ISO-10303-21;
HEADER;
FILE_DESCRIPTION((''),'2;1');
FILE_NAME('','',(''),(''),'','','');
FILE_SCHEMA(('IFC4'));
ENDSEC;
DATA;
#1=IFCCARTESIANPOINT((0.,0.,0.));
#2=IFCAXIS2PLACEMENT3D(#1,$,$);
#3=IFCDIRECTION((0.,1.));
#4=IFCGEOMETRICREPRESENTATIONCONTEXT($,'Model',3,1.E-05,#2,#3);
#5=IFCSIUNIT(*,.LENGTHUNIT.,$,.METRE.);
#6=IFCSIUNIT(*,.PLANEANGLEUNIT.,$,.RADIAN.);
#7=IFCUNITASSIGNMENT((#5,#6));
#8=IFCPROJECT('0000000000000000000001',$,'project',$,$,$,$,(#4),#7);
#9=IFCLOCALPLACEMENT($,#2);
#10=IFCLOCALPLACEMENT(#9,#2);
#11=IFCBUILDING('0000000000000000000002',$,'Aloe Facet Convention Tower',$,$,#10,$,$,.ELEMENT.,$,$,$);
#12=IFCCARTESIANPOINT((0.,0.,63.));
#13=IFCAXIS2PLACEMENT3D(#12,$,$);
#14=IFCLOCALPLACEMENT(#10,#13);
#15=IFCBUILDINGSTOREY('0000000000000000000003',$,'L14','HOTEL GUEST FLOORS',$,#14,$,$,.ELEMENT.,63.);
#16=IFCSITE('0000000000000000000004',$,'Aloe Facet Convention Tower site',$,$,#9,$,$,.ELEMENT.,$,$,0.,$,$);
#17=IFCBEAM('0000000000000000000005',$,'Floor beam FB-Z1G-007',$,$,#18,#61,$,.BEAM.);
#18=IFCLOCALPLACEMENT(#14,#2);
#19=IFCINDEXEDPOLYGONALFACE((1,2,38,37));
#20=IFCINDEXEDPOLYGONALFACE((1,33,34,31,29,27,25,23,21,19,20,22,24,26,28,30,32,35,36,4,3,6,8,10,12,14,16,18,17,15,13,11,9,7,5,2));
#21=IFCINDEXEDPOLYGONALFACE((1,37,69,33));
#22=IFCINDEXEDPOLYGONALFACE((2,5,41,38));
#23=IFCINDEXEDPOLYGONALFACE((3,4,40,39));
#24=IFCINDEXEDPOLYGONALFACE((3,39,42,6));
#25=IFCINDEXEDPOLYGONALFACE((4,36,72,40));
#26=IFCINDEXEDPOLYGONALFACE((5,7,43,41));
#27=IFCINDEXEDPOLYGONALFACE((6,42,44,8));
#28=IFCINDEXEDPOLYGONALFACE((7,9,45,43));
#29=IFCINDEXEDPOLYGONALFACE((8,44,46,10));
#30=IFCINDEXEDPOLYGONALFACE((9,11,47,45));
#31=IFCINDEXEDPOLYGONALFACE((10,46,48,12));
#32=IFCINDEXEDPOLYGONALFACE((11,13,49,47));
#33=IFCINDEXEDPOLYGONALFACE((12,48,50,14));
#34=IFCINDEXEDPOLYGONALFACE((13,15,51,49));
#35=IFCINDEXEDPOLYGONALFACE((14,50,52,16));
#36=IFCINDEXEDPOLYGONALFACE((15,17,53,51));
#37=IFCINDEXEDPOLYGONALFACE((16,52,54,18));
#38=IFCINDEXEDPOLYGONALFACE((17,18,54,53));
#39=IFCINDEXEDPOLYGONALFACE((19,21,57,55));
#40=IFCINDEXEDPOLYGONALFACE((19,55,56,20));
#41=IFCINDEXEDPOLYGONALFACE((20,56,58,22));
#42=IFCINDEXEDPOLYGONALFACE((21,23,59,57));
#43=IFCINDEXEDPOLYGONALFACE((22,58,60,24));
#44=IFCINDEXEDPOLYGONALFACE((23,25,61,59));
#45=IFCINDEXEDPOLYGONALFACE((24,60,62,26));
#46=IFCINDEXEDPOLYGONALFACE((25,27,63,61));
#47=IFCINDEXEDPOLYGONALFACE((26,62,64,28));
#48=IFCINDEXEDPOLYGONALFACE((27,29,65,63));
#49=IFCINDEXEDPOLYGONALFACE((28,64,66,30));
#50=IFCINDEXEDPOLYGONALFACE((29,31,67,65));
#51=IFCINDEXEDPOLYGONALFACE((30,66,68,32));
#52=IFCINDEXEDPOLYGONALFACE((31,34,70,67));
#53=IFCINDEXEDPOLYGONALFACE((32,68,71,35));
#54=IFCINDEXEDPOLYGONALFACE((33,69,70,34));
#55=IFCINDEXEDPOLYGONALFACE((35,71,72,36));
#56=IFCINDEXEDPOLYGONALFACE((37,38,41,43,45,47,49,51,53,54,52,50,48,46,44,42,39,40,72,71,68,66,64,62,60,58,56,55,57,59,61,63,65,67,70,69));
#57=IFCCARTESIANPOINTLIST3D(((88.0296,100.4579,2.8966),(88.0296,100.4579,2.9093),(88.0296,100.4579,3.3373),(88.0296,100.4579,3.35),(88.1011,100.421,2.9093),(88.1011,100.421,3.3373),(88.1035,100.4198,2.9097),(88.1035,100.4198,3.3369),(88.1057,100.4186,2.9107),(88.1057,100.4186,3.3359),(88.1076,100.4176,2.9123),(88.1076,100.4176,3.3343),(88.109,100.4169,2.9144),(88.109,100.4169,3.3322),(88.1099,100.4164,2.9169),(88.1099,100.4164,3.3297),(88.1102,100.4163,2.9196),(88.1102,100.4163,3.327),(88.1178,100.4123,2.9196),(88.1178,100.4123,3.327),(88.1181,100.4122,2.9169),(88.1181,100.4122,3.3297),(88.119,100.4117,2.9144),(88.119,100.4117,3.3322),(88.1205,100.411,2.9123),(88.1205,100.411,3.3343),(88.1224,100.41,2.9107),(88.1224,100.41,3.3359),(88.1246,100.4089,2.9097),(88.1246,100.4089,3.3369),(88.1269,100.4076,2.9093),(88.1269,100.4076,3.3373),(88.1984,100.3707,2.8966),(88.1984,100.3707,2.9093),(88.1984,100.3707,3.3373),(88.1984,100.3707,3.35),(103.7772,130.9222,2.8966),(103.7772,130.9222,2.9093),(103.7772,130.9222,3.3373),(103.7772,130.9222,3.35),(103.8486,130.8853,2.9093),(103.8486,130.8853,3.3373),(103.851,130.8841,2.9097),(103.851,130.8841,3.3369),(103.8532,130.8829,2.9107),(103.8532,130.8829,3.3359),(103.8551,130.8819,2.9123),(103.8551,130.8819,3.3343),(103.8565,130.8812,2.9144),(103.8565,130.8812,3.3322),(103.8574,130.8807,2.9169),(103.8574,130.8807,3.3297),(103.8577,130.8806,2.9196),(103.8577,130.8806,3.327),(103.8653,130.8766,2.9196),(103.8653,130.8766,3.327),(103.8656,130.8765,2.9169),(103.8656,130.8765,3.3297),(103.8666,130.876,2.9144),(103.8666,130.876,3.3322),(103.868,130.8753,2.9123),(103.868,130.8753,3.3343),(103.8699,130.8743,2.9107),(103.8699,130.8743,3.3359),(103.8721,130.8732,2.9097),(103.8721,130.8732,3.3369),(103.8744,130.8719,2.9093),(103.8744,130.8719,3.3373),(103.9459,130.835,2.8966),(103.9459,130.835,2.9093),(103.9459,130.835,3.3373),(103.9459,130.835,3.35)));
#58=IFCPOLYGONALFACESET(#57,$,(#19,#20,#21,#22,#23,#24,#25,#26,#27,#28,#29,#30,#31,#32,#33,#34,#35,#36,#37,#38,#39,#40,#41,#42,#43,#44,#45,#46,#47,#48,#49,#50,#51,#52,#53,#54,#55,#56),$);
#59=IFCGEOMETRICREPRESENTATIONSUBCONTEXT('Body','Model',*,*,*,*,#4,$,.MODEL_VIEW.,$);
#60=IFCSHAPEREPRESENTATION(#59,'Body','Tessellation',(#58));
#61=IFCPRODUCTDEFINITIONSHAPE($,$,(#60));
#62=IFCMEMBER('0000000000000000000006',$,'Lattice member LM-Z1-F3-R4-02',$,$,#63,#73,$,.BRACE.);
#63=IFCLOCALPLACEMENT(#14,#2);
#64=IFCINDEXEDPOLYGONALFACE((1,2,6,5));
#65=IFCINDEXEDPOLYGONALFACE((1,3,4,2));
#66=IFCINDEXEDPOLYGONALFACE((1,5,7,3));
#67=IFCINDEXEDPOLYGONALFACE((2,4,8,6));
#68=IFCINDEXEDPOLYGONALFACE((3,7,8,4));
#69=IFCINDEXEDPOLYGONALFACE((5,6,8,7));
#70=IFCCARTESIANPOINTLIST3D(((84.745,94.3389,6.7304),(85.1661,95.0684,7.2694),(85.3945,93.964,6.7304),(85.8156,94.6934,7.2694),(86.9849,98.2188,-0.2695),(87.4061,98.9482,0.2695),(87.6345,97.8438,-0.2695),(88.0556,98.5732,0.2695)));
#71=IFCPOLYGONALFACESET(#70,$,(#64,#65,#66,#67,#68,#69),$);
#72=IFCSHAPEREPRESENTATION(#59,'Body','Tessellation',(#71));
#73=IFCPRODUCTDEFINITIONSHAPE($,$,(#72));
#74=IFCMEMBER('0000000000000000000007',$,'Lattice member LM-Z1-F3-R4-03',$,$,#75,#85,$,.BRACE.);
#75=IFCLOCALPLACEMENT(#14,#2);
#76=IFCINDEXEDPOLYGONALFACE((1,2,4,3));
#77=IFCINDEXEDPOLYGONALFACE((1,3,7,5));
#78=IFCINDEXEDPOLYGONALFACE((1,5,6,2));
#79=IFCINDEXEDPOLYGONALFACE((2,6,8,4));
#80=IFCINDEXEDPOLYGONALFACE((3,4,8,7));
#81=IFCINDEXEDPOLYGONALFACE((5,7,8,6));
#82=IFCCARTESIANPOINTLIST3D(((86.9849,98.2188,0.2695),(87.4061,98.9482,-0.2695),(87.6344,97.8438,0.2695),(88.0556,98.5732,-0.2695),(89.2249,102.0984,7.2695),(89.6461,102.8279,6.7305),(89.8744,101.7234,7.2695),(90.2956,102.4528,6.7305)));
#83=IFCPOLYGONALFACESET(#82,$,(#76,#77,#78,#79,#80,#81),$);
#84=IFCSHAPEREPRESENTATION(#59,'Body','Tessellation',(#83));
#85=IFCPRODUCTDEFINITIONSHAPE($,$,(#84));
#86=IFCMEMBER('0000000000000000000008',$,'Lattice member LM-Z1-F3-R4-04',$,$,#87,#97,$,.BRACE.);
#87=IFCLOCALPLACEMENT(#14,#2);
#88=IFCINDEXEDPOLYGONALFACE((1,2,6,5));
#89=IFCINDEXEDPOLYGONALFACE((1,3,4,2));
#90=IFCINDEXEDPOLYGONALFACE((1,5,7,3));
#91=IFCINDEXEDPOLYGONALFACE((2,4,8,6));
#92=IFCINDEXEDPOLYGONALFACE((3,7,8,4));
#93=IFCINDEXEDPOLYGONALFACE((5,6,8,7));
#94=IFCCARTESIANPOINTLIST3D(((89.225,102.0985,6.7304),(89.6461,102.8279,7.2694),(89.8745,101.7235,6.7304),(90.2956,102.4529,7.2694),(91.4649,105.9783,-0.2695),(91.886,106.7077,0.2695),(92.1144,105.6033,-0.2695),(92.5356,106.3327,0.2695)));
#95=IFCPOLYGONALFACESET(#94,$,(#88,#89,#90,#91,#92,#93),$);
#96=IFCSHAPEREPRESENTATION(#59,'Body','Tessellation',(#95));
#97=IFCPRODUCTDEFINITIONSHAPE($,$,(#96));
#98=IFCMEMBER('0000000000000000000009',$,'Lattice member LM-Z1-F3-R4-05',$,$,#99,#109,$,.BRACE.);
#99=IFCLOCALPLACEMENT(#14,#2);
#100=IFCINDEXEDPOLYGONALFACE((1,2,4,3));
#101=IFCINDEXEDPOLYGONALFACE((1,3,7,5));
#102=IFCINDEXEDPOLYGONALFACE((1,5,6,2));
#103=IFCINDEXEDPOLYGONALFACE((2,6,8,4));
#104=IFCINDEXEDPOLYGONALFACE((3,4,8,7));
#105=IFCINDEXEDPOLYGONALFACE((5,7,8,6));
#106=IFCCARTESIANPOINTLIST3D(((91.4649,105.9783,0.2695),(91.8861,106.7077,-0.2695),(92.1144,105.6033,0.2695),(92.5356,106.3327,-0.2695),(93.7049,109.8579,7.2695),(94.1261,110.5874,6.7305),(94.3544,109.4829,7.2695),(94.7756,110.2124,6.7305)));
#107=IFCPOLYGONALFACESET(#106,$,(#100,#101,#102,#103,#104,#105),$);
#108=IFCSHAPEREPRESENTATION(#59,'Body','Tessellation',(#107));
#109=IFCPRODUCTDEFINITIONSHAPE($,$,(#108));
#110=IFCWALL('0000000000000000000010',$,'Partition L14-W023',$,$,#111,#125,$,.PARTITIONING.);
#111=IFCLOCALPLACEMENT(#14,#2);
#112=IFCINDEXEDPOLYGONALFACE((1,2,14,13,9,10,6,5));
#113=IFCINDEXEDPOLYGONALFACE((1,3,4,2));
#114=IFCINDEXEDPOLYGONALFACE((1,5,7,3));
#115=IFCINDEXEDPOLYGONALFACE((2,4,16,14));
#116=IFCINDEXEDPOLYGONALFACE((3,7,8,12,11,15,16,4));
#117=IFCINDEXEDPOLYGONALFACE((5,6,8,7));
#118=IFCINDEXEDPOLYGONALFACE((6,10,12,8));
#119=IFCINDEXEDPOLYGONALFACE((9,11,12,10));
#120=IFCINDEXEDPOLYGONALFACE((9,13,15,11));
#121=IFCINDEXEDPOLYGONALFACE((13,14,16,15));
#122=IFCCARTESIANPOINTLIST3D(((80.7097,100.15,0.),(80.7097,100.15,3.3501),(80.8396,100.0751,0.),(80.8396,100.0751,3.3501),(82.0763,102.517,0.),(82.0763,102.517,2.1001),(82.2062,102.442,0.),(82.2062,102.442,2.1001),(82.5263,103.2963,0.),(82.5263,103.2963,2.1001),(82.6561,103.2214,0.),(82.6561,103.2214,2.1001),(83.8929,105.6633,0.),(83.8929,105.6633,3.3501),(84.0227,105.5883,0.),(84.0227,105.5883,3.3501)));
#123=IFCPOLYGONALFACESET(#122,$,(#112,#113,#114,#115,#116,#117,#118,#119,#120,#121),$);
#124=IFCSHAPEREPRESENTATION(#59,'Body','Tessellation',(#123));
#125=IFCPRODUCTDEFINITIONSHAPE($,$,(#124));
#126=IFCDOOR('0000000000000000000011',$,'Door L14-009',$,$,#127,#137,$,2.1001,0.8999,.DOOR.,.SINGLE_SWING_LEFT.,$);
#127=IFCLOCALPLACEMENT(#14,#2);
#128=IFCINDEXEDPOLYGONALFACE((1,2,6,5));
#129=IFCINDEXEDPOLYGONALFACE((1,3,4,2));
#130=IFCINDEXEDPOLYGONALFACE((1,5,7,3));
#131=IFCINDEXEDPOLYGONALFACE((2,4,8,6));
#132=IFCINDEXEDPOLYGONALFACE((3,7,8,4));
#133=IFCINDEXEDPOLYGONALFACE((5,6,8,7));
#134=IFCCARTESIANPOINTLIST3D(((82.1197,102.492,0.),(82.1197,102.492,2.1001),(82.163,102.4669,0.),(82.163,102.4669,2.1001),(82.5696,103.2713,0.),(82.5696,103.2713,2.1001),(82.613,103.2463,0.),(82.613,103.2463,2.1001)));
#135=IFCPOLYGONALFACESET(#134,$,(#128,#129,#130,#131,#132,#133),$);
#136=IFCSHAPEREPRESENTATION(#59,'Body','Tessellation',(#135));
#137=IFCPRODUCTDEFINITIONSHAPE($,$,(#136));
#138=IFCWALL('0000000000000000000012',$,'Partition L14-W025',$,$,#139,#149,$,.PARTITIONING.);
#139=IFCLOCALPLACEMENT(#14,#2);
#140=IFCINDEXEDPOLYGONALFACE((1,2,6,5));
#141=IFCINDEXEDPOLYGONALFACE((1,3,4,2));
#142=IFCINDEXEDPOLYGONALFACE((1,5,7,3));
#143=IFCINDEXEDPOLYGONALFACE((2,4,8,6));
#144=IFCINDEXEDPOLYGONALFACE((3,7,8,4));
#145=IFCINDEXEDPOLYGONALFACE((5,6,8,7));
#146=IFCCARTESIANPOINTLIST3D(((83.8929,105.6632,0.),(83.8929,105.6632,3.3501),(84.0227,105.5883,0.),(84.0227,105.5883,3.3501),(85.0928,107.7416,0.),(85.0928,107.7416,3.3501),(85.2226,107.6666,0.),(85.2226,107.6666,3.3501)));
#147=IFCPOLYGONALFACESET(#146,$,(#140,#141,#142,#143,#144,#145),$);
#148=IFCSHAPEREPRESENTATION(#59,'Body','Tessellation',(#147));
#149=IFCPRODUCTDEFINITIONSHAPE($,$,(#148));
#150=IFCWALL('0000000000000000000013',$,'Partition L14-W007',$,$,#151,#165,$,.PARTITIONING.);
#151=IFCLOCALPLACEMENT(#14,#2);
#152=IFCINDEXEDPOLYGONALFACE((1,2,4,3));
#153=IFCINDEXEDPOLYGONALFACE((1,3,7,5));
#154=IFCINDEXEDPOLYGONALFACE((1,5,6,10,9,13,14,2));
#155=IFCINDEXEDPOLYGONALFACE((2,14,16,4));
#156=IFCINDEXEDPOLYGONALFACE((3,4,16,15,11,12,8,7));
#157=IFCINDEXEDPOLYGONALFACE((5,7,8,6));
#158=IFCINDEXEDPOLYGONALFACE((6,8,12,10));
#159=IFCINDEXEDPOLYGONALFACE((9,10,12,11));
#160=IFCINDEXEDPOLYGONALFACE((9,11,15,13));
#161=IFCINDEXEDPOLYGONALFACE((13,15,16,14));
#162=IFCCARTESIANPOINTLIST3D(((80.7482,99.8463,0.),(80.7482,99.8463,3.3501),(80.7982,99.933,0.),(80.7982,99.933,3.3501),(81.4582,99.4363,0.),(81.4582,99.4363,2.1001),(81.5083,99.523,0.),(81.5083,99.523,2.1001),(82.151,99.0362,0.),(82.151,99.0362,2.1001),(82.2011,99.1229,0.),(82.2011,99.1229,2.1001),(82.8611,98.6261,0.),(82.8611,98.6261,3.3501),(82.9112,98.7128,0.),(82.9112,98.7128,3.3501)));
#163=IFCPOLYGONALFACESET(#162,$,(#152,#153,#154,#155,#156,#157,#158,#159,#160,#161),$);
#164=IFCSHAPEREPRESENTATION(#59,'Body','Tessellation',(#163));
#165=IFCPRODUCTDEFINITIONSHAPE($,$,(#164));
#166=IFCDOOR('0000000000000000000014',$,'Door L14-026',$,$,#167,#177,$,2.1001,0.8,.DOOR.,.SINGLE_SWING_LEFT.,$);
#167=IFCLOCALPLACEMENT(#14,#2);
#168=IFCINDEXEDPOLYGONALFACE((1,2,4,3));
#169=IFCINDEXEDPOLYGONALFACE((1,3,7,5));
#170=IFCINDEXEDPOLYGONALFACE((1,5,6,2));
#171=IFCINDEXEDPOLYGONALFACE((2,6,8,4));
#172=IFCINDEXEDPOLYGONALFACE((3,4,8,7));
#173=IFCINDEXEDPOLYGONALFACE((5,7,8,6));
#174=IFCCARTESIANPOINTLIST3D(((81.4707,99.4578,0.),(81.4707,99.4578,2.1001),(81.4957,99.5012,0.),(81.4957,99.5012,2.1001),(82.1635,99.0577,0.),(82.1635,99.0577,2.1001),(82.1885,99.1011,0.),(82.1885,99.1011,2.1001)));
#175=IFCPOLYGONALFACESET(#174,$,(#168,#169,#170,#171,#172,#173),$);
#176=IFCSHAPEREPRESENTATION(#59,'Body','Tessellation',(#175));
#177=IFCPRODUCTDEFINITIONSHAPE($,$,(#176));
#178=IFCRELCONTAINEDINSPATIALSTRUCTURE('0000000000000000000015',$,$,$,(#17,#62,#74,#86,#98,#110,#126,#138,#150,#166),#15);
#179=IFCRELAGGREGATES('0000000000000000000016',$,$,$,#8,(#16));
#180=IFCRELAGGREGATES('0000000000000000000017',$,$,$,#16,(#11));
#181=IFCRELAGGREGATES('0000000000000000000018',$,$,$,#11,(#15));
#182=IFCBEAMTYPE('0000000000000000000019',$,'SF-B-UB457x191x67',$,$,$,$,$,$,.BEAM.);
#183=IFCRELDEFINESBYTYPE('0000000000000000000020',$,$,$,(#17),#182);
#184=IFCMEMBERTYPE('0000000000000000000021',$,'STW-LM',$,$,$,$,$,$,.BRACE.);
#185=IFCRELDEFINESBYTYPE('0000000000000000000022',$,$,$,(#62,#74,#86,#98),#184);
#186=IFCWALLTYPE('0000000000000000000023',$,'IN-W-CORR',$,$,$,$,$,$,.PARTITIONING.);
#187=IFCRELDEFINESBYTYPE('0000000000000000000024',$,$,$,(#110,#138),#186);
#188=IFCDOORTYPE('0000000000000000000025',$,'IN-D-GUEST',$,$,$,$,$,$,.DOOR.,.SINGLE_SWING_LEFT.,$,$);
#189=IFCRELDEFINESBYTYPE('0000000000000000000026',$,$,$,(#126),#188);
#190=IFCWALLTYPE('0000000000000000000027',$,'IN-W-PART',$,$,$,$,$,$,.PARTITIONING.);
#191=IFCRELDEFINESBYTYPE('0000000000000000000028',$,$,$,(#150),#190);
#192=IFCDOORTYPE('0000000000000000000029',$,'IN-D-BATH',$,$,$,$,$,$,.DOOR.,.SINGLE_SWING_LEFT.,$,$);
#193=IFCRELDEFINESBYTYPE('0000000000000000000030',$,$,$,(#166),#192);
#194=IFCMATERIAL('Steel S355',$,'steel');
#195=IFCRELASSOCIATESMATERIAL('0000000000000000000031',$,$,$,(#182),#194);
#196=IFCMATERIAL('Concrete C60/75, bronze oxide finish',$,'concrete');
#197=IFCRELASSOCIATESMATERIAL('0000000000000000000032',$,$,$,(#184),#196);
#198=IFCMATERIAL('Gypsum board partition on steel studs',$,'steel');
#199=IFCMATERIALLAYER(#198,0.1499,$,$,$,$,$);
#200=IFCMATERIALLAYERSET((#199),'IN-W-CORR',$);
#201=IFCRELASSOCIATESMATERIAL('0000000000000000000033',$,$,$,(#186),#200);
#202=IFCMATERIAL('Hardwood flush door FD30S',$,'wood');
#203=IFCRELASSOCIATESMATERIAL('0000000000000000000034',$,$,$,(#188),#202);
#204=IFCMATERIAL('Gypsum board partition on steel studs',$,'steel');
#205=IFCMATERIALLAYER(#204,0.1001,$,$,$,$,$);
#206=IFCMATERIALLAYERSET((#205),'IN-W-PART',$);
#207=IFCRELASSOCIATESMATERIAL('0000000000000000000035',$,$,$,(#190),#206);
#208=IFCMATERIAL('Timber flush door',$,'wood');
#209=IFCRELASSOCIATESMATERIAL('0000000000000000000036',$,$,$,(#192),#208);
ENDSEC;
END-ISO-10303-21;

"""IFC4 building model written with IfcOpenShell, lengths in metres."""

from ifc_helpers import new_model, si_unit, direction, frame, frame_2d, origin, origin_2d, place, context, subcontext, project, spatial, rectangle, i_section, extrude, material, layer, layer_set, material_profile, profile_set, type_object, element, fill, save


model = new_model("IFC4")

# Units and contexts
model_context = context("Model", 3, precision=1e-05, world=origin(), true_north=direction((0.0, 1.0)))
body_context = subcontext(model_context, "Body", "Model", "MODEL_VIEW")
ifc_project = project(units=[si_unit("LENGTHUNIT", "METRE"), si_unit("PLANEANGLEUNIT", "RADIAN")], contexts=[model_context])

# Site, building, storey
site_placement = place(None, origin())
site = spatial("IfcSite", under=ifc_project, at=site_placement, Name="Aloe Facet Convention Tower site", CompositionType="ELEMENT", RefElevation=0.0)
building_placement = place(site_placement, origin())
building = spatial("IfcBuilding", under=site, at=building_placement, Name="Aloe Facet Convention Tower", CompositionType="ELEMENT")
storey_placement = place(building_placement, frame((0.0, 0.0, 63.0)))
storey = spatial("IfcBuildingStorey", under=building, at=storey_placement, Name="L14", Description="HOTEL GUEST FLOORS", CompositionType="ELEMENT", Elevation=63.0)

# Beam
ifc_material_1 = material(Name="Steel S355", Category="steel")
ifc_material_profile_1 = material_profile(ifc_material_1, i_section(OverallWidth=0.1899, OverallDepth=0.4534, WebThickness=0.0085, FlangeThickness=0.0127, FilletRadius=0.0103, at=origin_2d()), Name="UB 457x191x67")
ifc_profile_set_1 = profile_set([ifc_material_profile_1], Name="Steel S355")
beam_type_1 = type_object("IfcBeamType", Name="SF-B-UB457x191x67", PredefinedType="BEAM", material=ifc_profile_set_1)
beam_1_placement = place(storey_placement, frame((88.114, 100.4143, 3.1233), z_axis=(0.459196, 0.888335, 0.0), x_axis=(-0.888335, 0.459196, 0.0)))
element("IfcBeam", 1, at=beam_1_placement, inside=storey, type_object=beam_type_1, Name="Floor beam FB-Z1G-007", PredefinedType="BEAM", context=body_context, shape_type="SweptSolid", body=[
    extrude(i_section(OverallWidth=0.1899, OverallDepth=0.4534, WebThickness=0.0085, FlangeThickness=0.0127, FilletRadius=0.0103, at=origin_2d()), origin(), (0.0, 0.0, 1.0), 34.2937),
])

# Members
ifc_material_2 = material(Name="Concrete C60/75, bronze oxide finish", Category="concrete")
ifc_material_profile_2 = material_profile(ifc_material_2, rectangle(XDim=0.75, YDim=1.0, at=origin_2d()), Name="STW-LM")
ifc_profile_set_2 = profile_set([ifc_material_profile_2], Name="Concrete C60/75, bronze oxide finish")
member_type = type_object("IfcMemberType", Name="STW-LM", PredefinedType="BRACE", material=ifc_profile_set_2)
for number, where, z_axis, x_axis, name in (
    (2, (87.5203, 98.396, 0.0), (-0.269524, -0.466843, 0.842267), (0.866031, -0.49999, 0.0), "Lattice member LM-Z1-F3-R4-02"),
    (3, (87.5203, 98.396, 0.0), (0.269528, 0.46682, 0.842279), (-0.866018, 0.500013, 0.0), "Lattice member LM-Z1-F3-R4-03"),
    (4, (92.0002, 106.1555, 0.0), (-0.269524, -0.466843, 0.842267), (0.866031, -0.49999, 0.0), "Lattice member LM-Z1-F3-R4-04"),
    (5, (92.0002, 106.1555, 0.0), (0.269528, 0.46682, 0.842279), (-0.866018, 0.500013, 0.0), "Lattice member LM-Z1-F3-R4-05"),
):
    element("IfcMember", number, at=place(storey_placement, frame(where, z_axis=z_axis, x_axis=x_axis)), inside=storey, type_object=member_type, Name=name, PredefinedType="BRACE", context=body_context, shape_type="SweptSolid", body=[
        extrude(rectangle(XDim=0.75, YDim=1.0, at=origin_2d()), origin(), (0.0, 0.0, 1.0), 8.3108),
    ])

# Wall, opening, door
ifc_material_3 = material(Name="Gypsum board partition on steel studs", Category="steel")
ifc_layer_1 = layer(ifc_material_3, 0.1499)
ifc_layer_set_1 = layer_set([ifc_layer_1], Name="IN-W-CORR")
wall_type_1 = type_object("IfcWallType", Name="IN-W-CORR", PredefinedType="PARTITIONING", material=ifc_layer_set_1)
wall_1_placement = place(storey_placement, frame((80.7747, 100.1125, 0.0), z_axis=(0.0, 0.0, 1.0), x_axis=(0.500008, 0.866021, 0.0)))
wall_1 = element("IfcWall", 6, at=wall_1_placement, inside=storey, type_object=wall_type_1, Name="Partition L14-W023", PredefinedType="PARTITIONING", context=body_context, shape_type="SweptSolid", body=[
    extrude(rectangle(XDim=6.3662, YDim=0.1499, at=frame_2d((3.1831, 0.0))), origin(), (0.0, 0.0, 1.0), 3.3501),
])
opening_1_placement = place(wall_1_placement, frame((2.7332, 0.0, 0.0)))
opening_1 = element("IfcOpeningElement", 7, at=opening_1_placement, cuts=wall_1, PredefinedType="OPENING", context=body_context, shape_type="SweptSolid", body=[
    extrude(rectangle(XDim=0.8999, YDim=2.1001, at=frame_2d((0.45, 1.05))), frame((0.0, 0.085, 0.0), z_axis=(0.0, -1.0, 0.0), x_axis=(1.0, 0.0, 0.0)), (0.0, 0.0, 1.0), 0.1699),
])
ifc_material_4 = material(Name="Hardwood flush door FD30S", Category="wood")
door_type_1 = type_object("IfcDoorType", Name="IN-D-GUEST", OperationType="SINGLE_SWING_LEFT", PredefinedType="DOOR", material=ifc_material_4)
door_1_placement = place(opening_1_placement, origin())
door_1 = element("IfcDoor", 8, at=door_1_placement, inside=storey, type_object=door_type_1, Name="Door L14-009", OperationType="SINGLE_SWING_LEFT", OverallHeight=2.1001, OverallWidth=0.8999, PredefinedType="DOOR", context=body_context, shape_type="SweptSolid", body=[
    extrude(rectangle(XDim=0.8999, YDim=2.1001, at=frame_2d((0.45, 1.05))), frame((0.0, 0.0249, 0.0), z_axis=(0.0, -1.0, 0.0), x_axis=(1.0, 0.0, 0.0)), (0.0, 0.0, 1.0), 0.05),
])
fill(opening_1, door_1)

# Wall
wall_2_placement = place(storey_placement, frame((83.9578, 105.6257, 0.0), z_axis=(0.0, 0.0, 1.0), x_axis=(0.500001, 0.866025, 0.0)))
element("IfcWall", 9, at=wall_2_placement, inside=storey, type_object=wall_type_1, Name="Partition L14-W025", PredefinedType="PARTITIONING", context=body_context, shape_type="SweptSolid", body=[
    extrude(rectangle(XDim=2.3999, YDim=0.1499, at=frame_2d((1.2, 0.0))), origin(), (0.0, 0.0, 1.0), 3.3501),
])

# Wall, opening, door
ifc_material_5 = material(Name="Gypsum board partition on steel studs", Category="steel")
ifc_layer_2 = layer(ifc_material_5, 0.1001)
ifc_layer_set_2 = layer_set([ifc_layer_2], Name="IN-W-PART")
wall_type_2 = type_object("IfcWallType", Name="IN-W-PART", PredefinedType="PARTITIONING", material=ifc_layer_set_2)
wall_3_placement = place(storey_placement, frame((80.7732, 99.8896, 0.0), z_axis=(0.0, 0.0, 1.0), x_axis=(0.865981, -0.500078, 0.0)))
wall_3 = element("IfcWall", 10, at=wall_3_placement, inside=storey, type_object=wall_type_2, Name="Partition L14-W007", PredefinedType="PARTITIONING", context=body_context, shape_type="SweptSolid", body=[
    extrude(rectangle(XDim=2.4399, YDim=0.1001, at=frame_2d((1.22, 0.0))), origin(), (0.0, 0.0, 1.0), 3.3501),
])
opening_2_placement = place(wall_3_placement, frame((0.8201, 0.0, 0.0)))
opening_2 = element("IfcOpeningElement", 11, at=opening_2_placement, cuts=wall_3, PredefinedType="OPENING", context=body_context, shape_type="SweptSolid", body=[
    extrude(rectangle(XDim=0.8, YDim=2.1001, at=frame_2d((0.3999, 1.05))), frame((0.0, 0.0601, 0.0), z_axis=(0.0, -1.0, 0.0), x_axis=(1.0, 0.0, 0.0)), (0.0, 0.0, 1.0), 0.1201),
])
ifc_material_6 = material(Name="Timber flush door", Category="wood")
door_type_2 = type_object("IfcDoorType", Name="IN-D-BATH", OperationType="SINGLE_SWING_LEFT", PredefinedType="DOOR", material=ifc_material_6)
door_2_placement = place(opening_2_placement, origin())
door_2 = element("IfcDoor", 12, at=door_2_placement, inside=storey, type_object=door_type_2, Name="Door L14-026", OperationType="SINGLE_SWING_LEFT", OverallHeight=2.1001, OverallWidth=0.8, PredefinedType="DOOR", context=body_context, shape_type="SweptSolid", body=[
    extrude(rectangle(XDim=0.8, YDim=2.1001, at=frame_2d((0.3999, 1.05))), frame((0.0, 0.0249, 0.0), z_axis=(0.0, -1.0, 0.0), x_axis=(1.0, 0.0, 0.0)), (0.0, 0.0, 1.0), 0.05),
])
fill(opening_2, door_2)

save(model, "model.ifc")
